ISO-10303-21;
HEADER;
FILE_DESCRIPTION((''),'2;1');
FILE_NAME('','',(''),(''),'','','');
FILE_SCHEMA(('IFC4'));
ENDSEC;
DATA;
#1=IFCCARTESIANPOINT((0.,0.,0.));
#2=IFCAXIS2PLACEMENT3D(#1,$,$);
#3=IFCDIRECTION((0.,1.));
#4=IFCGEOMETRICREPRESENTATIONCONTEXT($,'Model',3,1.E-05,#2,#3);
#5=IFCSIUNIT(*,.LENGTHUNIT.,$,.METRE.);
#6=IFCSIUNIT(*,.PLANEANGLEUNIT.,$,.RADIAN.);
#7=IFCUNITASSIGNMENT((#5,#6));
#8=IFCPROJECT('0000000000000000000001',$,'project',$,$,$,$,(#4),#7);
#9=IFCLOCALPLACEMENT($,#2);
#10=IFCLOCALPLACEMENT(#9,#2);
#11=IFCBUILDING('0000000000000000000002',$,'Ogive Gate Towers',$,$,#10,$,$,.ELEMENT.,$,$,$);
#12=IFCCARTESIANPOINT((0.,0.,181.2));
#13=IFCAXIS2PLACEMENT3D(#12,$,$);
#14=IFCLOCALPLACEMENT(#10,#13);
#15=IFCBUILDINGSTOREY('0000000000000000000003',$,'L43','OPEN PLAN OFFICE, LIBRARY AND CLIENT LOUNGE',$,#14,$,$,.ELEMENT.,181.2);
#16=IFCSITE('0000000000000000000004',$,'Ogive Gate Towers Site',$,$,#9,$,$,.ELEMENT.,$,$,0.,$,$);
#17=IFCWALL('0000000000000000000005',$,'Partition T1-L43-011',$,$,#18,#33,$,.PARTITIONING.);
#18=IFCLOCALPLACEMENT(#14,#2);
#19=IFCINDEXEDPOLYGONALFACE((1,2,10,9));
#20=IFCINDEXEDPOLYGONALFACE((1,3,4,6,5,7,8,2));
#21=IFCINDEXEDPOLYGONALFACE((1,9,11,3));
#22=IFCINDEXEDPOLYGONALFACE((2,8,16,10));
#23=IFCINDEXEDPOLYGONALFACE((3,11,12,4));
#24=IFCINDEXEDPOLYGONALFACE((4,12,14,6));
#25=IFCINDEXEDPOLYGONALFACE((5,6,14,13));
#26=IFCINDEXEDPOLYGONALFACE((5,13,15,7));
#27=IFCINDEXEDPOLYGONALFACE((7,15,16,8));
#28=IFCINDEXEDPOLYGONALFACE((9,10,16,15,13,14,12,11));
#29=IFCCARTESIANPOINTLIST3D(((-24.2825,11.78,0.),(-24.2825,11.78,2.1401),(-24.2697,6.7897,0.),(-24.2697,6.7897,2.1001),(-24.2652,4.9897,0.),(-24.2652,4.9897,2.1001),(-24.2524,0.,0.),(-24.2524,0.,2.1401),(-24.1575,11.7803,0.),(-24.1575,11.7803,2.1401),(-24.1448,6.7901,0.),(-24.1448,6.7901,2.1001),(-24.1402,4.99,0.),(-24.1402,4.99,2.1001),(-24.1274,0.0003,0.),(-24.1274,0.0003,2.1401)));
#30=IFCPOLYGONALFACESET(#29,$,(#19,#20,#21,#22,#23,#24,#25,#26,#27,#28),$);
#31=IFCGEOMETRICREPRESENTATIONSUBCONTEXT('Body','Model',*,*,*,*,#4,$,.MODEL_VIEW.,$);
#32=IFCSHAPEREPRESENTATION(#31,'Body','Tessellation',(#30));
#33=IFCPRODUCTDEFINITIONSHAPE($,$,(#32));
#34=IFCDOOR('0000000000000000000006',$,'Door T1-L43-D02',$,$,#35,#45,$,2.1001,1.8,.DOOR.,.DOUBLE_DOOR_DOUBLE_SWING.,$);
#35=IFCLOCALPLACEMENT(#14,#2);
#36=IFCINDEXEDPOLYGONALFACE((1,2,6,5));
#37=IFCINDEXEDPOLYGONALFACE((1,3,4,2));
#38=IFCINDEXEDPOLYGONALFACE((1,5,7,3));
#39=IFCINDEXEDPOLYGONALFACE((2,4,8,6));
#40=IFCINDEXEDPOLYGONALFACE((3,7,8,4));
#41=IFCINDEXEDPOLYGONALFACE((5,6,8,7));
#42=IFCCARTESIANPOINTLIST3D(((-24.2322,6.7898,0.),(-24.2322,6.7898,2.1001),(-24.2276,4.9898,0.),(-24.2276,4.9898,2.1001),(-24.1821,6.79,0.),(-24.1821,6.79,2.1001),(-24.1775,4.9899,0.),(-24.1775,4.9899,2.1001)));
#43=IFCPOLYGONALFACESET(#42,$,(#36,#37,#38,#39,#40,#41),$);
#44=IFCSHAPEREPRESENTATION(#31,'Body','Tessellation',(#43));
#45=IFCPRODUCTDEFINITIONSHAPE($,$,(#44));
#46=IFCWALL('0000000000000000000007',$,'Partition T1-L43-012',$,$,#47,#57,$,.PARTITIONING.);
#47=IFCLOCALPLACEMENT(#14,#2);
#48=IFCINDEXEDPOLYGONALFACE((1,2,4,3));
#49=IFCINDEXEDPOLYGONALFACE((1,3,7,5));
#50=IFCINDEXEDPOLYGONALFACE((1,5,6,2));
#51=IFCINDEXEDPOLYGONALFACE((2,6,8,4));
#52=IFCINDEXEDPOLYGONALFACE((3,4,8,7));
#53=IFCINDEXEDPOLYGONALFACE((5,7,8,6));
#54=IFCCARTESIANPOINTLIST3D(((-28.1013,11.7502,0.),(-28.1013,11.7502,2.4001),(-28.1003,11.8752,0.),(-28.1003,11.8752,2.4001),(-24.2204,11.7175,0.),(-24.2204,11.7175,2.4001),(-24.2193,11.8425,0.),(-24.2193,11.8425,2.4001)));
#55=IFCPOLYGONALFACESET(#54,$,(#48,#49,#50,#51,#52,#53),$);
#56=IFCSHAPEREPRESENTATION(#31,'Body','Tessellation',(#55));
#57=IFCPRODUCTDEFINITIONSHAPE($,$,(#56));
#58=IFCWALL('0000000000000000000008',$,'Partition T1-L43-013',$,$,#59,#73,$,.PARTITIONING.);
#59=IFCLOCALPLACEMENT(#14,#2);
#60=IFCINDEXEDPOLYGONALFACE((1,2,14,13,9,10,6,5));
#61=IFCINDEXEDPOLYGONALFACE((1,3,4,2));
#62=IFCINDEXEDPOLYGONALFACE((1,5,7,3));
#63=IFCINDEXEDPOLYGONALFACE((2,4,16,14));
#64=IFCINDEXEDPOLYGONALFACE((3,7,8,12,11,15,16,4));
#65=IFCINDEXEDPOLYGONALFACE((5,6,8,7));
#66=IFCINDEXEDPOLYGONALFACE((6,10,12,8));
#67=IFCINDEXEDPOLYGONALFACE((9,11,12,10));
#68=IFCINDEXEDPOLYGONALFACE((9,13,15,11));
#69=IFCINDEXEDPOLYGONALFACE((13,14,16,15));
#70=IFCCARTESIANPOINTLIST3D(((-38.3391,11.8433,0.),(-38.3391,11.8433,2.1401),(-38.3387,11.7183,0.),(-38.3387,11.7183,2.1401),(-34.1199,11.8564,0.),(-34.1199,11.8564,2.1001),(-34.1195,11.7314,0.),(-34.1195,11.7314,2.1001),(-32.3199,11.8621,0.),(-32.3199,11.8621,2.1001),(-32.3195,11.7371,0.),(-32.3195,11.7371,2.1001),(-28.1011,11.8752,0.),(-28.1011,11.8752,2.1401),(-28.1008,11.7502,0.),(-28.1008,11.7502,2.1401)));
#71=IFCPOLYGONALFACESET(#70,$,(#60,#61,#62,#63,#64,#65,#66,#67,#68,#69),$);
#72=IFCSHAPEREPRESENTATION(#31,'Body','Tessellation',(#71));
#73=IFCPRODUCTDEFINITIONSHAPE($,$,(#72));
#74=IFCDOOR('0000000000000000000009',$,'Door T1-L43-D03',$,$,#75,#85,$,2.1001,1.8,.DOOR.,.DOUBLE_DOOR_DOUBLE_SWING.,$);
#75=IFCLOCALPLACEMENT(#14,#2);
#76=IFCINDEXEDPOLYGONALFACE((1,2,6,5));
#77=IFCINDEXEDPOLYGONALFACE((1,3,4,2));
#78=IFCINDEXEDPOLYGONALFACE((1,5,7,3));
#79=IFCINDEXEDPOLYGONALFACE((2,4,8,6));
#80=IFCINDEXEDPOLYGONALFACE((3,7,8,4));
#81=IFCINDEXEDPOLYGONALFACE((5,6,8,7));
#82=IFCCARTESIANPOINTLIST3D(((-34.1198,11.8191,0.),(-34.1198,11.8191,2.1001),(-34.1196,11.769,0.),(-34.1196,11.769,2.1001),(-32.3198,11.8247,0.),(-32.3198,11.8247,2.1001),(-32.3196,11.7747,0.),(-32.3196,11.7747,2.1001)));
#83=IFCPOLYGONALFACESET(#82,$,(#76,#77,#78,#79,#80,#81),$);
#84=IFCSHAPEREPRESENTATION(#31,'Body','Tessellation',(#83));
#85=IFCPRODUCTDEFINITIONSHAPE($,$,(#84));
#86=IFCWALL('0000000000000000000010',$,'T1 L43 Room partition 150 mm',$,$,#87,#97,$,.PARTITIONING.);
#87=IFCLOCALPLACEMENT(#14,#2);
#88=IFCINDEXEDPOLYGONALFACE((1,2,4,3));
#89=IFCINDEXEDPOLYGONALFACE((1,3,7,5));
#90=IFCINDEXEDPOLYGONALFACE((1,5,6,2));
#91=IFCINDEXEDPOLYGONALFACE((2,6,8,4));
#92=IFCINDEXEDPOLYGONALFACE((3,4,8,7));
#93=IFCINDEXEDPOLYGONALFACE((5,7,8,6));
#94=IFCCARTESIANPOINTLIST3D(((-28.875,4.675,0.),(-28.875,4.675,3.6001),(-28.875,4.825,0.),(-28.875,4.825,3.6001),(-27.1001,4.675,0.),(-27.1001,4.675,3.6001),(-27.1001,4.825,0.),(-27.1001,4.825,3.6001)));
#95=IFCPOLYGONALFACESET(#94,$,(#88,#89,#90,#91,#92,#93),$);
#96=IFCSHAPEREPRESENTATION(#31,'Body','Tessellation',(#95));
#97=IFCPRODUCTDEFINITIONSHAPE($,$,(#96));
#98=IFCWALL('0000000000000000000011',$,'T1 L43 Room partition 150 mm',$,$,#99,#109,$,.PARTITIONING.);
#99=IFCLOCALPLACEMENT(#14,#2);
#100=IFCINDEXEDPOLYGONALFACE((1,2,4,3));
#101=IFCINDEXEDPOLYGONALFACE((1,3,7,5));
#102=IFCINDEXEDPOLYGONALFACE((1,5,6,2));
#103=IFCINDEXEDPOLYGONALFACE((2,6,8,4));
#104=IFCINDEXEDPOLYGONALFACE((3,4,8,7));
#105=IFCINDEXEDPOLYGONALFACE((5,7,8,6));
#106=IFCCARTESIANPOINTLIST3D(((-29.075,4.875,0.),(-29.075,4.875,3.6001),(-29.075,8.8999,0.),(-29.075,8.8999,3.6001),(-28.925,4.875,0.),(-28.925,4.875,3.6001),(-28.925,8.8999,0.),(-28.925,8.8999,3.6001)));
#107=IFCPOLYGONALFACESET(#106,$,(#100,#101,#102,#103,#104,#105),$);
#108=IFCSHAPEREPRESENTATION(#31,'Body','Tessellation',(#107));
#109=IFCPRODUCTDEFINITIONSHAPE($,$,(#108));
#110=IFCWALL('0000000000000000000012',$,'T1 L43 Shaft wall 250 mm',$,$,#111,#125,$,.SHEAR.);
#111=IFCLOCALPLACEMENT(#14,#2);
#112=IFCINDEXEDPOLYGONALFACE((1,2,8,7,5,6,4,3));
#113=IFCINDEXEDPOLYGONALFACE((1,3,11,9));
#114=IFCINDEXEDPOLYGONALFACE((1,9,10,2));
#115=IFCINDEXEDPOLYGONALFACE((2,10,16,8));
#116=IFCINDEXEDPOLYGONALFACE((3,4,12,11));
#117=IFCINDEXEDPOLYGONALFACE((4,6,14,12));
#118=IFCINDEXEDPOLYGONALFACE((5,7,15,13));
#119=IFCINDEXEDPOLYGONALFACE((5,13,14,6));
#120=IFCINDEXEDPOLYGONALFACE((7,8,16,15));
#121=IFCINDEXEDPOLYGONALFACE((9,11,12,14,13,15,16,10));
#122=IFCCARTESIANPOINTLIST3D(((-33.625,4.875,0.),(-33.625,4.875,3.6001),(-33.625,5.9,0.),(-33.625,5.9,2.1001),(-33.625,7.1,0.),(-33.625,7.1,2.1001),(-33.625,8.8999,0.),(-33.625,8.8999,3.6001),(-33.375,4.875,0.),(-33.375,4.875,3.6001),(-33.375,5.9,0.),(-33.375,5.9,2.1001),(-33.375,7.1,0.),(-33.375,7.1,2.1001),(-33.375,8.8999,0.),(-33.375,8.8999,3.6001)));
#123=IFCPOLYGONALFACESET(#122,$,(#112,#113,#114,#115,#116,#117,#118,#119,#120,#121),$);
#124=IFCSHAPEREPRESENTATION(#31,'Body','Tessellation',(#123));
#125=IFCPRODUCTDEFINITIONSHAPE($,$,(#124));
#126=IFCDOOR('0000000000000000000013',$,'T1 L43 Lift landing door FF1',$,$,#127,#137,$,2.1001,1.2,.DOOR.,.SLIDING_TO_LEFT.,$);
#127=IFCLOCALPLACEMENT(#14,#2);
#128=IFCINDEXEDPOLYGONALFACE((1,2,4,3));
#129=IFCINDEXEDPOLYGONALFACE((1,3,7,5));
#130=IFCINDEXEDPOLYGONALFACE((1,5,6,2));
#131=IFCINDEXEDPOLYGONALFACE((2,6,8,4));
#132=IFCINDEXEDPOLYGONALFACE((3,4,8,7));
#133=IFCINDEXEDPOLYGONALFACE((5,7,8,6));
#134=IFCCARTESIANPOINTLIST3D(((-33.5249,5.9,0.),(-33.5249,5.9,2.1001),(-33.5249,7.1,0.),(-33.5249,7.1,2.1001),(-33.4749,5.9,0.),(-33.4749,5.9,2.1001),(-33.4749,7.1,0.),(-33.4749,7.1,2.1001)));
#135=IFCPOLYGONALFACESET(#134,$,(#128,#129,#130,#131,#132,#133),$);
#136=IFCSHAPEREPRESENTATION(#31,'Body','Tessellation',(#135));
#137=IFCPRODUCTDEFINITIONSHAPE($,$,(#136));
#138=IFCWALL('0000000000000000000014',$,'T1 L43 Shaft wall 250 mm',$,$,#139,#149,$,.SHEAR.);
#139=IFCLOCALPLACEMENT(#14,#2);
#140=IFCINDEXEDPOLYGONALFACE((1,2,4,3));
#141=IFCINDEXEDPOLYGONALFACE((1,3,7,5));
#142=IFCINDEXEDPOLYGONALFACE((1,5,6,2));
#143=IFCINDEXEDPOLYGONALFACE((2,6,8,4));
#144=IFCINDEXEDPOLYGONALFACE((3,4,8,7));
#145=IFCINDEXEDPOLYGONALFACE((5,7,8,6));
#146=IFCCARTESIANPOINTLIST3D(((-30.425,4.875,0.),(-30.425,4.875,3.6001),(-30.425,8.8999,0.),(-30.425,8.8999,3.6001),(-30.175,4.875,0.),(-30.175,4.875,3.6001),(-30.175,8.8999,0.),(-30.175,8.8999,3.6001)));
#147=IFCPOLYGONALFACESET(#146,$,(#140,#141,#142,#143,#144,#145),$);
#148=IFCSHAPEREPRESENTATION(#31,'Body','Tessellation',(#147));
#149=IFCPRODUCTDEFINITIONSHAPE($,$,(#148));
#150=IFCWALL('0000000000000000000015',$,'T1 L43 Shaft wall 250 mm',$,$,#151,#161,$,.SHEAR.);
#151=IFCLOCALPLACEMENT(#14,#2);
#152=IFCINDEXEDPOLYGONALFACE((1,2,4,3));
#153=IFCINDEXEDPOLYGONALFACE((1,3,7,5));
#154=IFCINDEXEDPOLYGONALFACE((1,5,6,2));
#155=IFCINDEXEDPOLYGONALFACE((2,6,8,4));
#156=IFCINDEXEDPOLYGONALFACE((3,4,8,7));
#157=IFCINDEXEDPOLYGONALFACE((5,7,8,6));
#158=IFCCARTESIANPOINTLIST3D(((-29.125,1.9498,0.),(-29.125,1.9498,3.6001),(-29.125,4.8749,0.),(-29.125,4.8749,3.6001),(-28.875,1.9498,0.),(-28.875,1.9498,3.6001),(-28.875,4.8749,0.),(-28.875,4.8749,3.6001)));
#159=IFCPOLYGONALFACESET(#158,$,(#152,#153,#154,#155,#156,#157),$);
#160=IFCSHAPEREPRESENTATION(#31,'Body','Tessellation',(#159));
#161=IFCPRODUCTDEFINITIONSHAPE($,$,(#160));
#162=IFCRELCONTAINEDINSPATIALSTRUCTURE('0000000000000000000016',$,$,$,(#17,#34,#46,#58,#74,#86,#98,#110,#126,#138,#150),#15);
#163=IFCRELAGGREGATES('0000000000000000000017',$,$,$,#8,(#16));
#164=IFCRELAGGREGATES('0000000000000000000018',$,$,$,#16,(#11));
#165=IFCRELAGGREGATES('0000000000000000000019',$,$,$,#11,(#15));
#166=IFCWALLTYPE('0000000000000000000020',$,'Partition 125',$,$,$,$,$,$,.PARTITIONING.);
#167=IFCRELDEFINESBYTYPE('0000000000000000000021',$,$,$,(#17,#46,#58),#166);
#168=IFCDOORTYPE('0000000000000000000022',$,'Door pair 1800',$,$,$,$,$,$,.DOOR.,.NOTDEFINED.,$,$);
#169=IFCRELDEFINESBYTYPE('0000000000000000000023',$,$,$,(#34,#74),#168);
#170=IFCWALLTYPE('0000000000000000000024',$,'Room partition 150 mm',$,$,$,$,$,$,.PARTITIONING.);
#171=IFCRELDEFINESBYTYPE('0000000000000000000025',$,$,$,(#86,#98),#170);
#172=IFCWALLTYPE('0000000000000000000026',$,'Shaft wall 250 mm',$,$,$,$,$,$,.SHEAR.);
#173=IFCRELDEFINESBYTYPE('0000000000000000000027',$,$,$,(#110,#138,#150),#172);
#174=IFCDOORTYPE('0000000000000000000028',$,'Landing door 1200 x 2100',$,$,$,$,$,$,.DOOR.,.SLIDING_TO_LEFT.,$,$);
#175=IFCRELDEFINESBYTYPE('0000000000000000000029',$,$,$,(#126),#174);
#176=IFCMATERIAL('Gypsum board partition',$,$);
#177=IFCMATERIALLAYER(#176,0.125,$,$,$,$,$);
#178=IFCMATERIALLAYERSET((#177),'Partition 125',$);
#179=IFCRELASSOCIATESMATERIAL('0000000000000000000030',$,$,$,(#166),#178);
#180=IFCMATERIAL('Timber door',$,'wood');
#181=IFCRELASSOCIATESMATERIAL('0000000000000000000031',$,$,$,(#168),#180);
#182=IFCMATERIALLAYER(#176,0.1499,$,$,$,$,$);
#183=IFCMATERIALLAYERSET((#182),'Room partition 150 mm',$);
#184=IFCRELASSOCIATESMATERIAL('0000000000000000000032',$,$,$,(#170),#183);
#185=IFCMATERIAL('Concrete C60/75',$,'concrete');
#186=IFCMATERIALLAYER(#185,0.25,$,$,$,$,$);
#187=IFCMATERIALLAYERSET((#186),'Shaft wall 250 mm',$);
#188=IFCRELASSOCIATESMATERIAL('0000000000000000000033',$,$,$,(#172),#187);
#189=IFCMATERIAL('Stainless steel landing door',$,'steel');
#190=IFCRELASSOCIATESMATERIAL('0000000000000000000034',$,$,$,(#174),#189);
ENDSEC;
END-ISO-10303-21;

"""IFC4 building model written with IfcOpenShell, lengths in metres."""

from ifc_helpers import new_model, si_unit, direction, frame, frame_2d, origin, place, context, subcontext, project, spatial, rectangle, extrude, material, layer, layer_set, type_object, element, fill, save


model = new_model("IFC4")

# Units and contexts
model_context = context("Model", 3, precision=1e-05, world=origin(), true_north=direction((0.0, 1.0)))
body_context = subcontext(model_context, "Body", "Model", "MODEL_VIEW")
ifc_project = project(units=[si_unit("LENGTHUNIT", "METRE"), si_unit("PLANEANGLEUNIT", "RADIAN")], contexts=[model_context])

# Site, building, storey
site_placement = place(None, origin())
site = spatial("IfcSite", under=ifc_project, at=site_placement, Name="Ogive Gate Towers Site", CompositionType="ELEMENT", RefElevation=0.0)
building_placement = place(site_placement, origin())
building = spatial("IfcBuilding", under=site, at=building_placement, Name="Ogive Gate Towers", CompositionType="ELEMENT")
storey_placement = place(building_placement, frame((0.0, 0.0, 181.2)))
storey = spatial("IfcBuildingStorey", under=building, at=storey_placement, Name="L43", Description="OPEN PLAN OFFICE, LIBRARY AND CLIENT LOUNGE", CompositionType="ELEMENT", Elevation=181.2)

# Shared definitions
ifc_material_1 = material(Name="Gypsum board partition")
ifc_layer_1 = layer(ifc_material_1, 0.125)
ifc_layer_set_1 = layer_set([ifc_layer_1], Name="Partition 125")
wall_type_1 = type_object("IfcWallType", Name="Partition 125", PredefinedType="PARTITIONING", material=ifc_layer_set_1)

# Wall, opening, door
wall_1_placement = place(storey_placement, frame((-24.1899, 0.0, 0.0), z_axis=(0.0, 0.0, 1.0), x_axis=(-0.002549, 0.999997, 0.0)))
wall_1 = element("IfcWall", 1, at=wall_1_placement, inside=storey, type_object=wall_type_1, Name="Partition T1-L43-011", PredefinedType="PARTITIONING", context=body_context, shape_type="SweptSolid", body=[
    extrude(rectangle(XDim=11.78, YDim=0.125, at=frame_2d((5.8901, 0.0))), origin(), (0.0, 0.0, 1.0), 2.1401),
])
opening_1_placement = place(wall_1_placement, frame((4.99, 0.0, 0.0)))
opening_1 = element("IfcOpeningElement", 2, at=opening_1_placement, cuts=wall_1, PredefinedType="OPENING", context=body_context, shape_type="SweptSolid", body=[
    extrude(rectangle(XDim=1.8, YDim=2.1001, at=frame_2d((0.8999, 1.05))), frame((0.0, 0.0725, 0.0), z_axis=(0.0, -1.0, 0.0), x_axis=(1.0, 0.0, 0.0)), (0.0, 0.0, 1.0), 0.145),
])
ifc_material_2 = material(Name="Timber door", Category="wood")
door_type_1 = type_object("IfcDoorType", Name="Door pair 1800", OperationType="NOTDEFINED", PredefinedType="DOOR", material=ifc_material_2)
door_1_placement = place(opening_1_placement, origin())
door_1 = element("IfcDoor", 3, at=door_1_placement, inside=storey, type_object=door_type_1, Name="Door T1-L43-D02", OperationType="DOUBLE_DOOR_DOUBLE_SWING", OverallHeight=2.1001, OverallWidth=1.8, PredefinedType="DOOR", context=body_context, shape_type="SweptSolid", body=[
    extrude(rectangle(XDim=1.8, YDim=2.1001, at=frame_2d((0.8999, 1.05))), frame((0.0, 0.0249, 0.0), z_axis=(0.0, -1.0, 0.0), x_axis=(1.0, 0.0, 0.0)), (0.0, 0.0, 1.0), 0.05),
])
fill(opening_1, door_1)

# Wall
wall_2_placement = place(storey_placement, frame((-24.22, 11.78, 0.0), z_axis=(0.0, 0.0, 1.0), x_axis=(-0.999964, 0.008429, 0.0)))
element("IfcWall", 4, at=wall_2_placement, inside=storey, type_object=wall_type_1, Name="Partition T1-L43-012", PredefinedType="PARTITIONING", context=body_context, shape_type="SweptSolid", body=[
    extrude(rectangle(XDim=3.8811, YDim=0.125, at=frame_2d((1.9404, 0.0))), origin(), (0.0, 0.0, 1.0), 2.4001),
])

# Wall, opening, door
wall_3_placement = place(storey_placement, frame((-28.1008, 11.8127, 0.0), z_axis=(0.0, 0.0, 1.0), x_axis=(-0.999995, -0.003124, 0.0)))
wall_3 = element("IfcWall", 5, at=wall_3_placement, inside=storey, type_object=wall_type_1, Name="Partition T1-L43-013", PredefinedType="PARTITIONING", context=body_context, shape_type="SweptSolid", body=[
    extrude(rectangle(XDim=10.238, YDim=0.125, at=frame_2d((5.1191, 0.0))), origin(), (0.0, 0.0, 1.0), 2.1401),
])
opening_2_placement = place(wall_3_placement, frame((4.219, 0.0, 0.0)))
opening_2 = element("IfcOpeningElement", 6, at=opening_2_placement, cuts=wall_3, PredefinedType="OPENING", context=body_context, shape_type="SweptSolid", body=[
    extrude(rectangle(XDim=1.8, YDim=2.1001, at=frame_2d((0.8999, 1.05))), frame((0.0, 0.0725, 0.0), z_axis=(0.0, -1.0, 0.0), x_axis=(1.0, 0.0, 0.0)), (0.0, 0.0, 1.0), 0.145),
])
door_2_placement = place(opening_2_placement, origin())
door_2 = element("IfcDoor", 7, at=door_2_placement, inside=storey, type_object=door_type_1, Name="Door T1-L43-D03", OperationType="DOUBLE_DOOR_DOUBLE_SWING", OverallHeight=2.1001, OverallWidth=1.8, PredefinedType="DOOR", context=body_context, shape_type="SweptSolid", body=[
    extrude(rectangle(XDim=1.8, YDim=2.1001, at=frame_2d((0.8999, 1.05))), frame((0.0, 0.0249, 0.0), z_axis=(0.0, -1.0, 0.0), x_axis=(1.0, 0.0, 0.0)), (0.0, 0.0, 1.0), 0.05),
])
fill(opening_2, door_2)

# Walls
ifc_layer_2 = layer(ifc_material_1, 0.1499)
ifc_layer_set_2 = layer_set([ifc_layer_2], Name="Room partition 150 mm")
wall_type_2 = type_object("IfcWallType", Name="Room partition 150 mm", PredefinedType="PARTITIONING", material=ifc_layer_set_2)
wall_4_placement = place(storey_placement, frame((-28.875, 4.75, 0.0), z_axis=(0.0, 0.0, 1.0), x_axis=(1.0, 0.0, 0.0)))
element("IfcWall", 8, at=wall_4_placement, inside=storey, type_object=wall_type_2, Name="T1 L43 Room partition 150 mm", PredefinedType="PARTITIONING", context=body_context, shape_type="SweptSolid", body=[
    extrude(rectangle(XDim=1.7749, YDim=0.1499, at=frame_2d((0.8875, 0.0))), origin(), (0.0, 0.0, 1.0), 3.6001),
])
wall_5_placement = place(storey_placement, frame((-29.0, 4.875, 0.0), z_axis=(0.0, 0.0, 1.0), x_axis=(0.0, 1.0, 0.0)))
element("IfcWall", 9, at=wall_5_placement, inside=storey, type_object=wall_type_2, Name="T1 L43 Room partition 150 mm", PredefinedType="PARTITIONING", context=body_context, shape_type="SweptSolid", body=[
    extrude(rectangle(XDim=4.0249, YDim=0.1499, at=frame_2d((2.0125, 0.0))), origin(), (0.0, 0.0, 1.0), 3.6001),
])

# Wall, opening, door
ifc_material_3 = material(Name="Concrete C60/75", Category="concrete")
ifc_layer_3 = layer(ifc_material_3, 0.25)
ifc_layer_set_3 = layer_set([ifc_layer_3], Name="Shaft wall 250 mm")
wall_type_3 = type_object("IfcWallType", Name="Shaft wall 250 mm", PredefinedType="SHEAR", material=ifc_layer_set_3)
wall_6_placement = place(storey_placement, frame((-33.5, 4.875, 0.0), z_axis=(0.0, 0.0, 1.0), x_axis=(0.0, 1.0, 0.0)))
wall_6 = element("IfcWall", 10, at=wall_6_placement, inside=storey, type_object=wall_type_3, Name="T1 L43 Shaft wall 250 mm", PredefinedType="SHEAR", context=body_context, shape_type="SweptSolid", body=[
    extrude(rectangle(XDim=4.0249, YDim=0.25, at=frame_2d((2.0125, 0.0))), origin(), (0.0, 0.0, 1.0), 3.6001),
])
opening_3_placement = place(wall_6_placement, frame((1.0249, 0.0, 0.0)))
opening_3 = element("IfcOpeningElement", 11, at=opening_3_placement, cuts=wall_6, PredefinedType="OPENING", context=body_context, shape_type="SweptSolid", body=[
    extrude(rectangle(XDim=1.2, YDim=2.1001, at=frame_2d((0.6001, 1.05))), frame((0.0, 0.135, 0.0), z_axis=(0.0, -1.0, 0.0), x_axis=(1.0, 0.0, 0.0)), (0.0, 0.0, 1.0), 0.27),
])
ifc_material_4 = material(Name="Stainless steel landing door", Category="steel")
door_type_2 = type_object("IfcDoorType", Name="Landing door 1200 x 2100", OperationType="SLIDING_TO_LEFT", PredefinedType="DOOR", material=ifc_material_4)
door_3_placement = place(opening_3_placement, origin())
door_3 = element("IfcDoor", 12, at=door_3_placement, inside=storey, type_object=door_type_2, Name="T1 L43 Lift landing door FF1", OperationType="SLIDING_TO_LEFT", OverallHeight=2.1001, OverallWidth=1.2, PredefinedType="DOOR", context=body_context, shape_type="SweptSolid", body=[
    extrude(rectangle(XDim=1.2, YDim=2.1001, at=frame_2d((0.6001, 1.05))), frame((0.0, 0.0249, 0.0), z_axis=(0.0, -1.0, 0.0), x_axis=(1.0, 0.0, 0.0)), (0.0, 0.0, 1.0), 0.05),
])
fill(opening_3, door_3)

# Walls
wall_7_placement = place(storey_placement, frame((-30.3, 4.875, 0.0), z_axis=(0.0, 0.0, 1.0), x_axis=(0.0, 1.0, 0.0)))
element("IfcWall", 13, at=wall_7_placement, inside=storey, type_object=wall_type_3, Name="T1 L43 Shaft wall 250 mm", PredefinedType="SHEAR", context=body_context, shape_type="SweptSolid", body=[
    extrude(rectangle(XDim=4.0249, YDim=0.25, at=frame_2d((2.0125, 0.0))), origin(), (0.0, 0.0, 1.0), 3.6001),
])
wall_8_placement = place(storey_placement, frame((-29.0, 1.95, 0.0), z_axis=(0.0, 0.0, 1.0), x_axis=(0.0, 1.0, 0.0)))
element("IfcWall", 14, at=wall_8_placement, inside=storey, type_object=wall_type_3, Name="T1 L43 Shaft wall 250 mm", PredefinedType="SHEAR", context=body_context, shape_type="SweptSolid", body=[
    extrude(rectangle(XDim=2.925, YDim=0.25, at=frame_2d((1.4624, 0.0))), origin(), (0.0, 0.0, 1.0), 3.6001),
])

save(model, "model.ifc")
